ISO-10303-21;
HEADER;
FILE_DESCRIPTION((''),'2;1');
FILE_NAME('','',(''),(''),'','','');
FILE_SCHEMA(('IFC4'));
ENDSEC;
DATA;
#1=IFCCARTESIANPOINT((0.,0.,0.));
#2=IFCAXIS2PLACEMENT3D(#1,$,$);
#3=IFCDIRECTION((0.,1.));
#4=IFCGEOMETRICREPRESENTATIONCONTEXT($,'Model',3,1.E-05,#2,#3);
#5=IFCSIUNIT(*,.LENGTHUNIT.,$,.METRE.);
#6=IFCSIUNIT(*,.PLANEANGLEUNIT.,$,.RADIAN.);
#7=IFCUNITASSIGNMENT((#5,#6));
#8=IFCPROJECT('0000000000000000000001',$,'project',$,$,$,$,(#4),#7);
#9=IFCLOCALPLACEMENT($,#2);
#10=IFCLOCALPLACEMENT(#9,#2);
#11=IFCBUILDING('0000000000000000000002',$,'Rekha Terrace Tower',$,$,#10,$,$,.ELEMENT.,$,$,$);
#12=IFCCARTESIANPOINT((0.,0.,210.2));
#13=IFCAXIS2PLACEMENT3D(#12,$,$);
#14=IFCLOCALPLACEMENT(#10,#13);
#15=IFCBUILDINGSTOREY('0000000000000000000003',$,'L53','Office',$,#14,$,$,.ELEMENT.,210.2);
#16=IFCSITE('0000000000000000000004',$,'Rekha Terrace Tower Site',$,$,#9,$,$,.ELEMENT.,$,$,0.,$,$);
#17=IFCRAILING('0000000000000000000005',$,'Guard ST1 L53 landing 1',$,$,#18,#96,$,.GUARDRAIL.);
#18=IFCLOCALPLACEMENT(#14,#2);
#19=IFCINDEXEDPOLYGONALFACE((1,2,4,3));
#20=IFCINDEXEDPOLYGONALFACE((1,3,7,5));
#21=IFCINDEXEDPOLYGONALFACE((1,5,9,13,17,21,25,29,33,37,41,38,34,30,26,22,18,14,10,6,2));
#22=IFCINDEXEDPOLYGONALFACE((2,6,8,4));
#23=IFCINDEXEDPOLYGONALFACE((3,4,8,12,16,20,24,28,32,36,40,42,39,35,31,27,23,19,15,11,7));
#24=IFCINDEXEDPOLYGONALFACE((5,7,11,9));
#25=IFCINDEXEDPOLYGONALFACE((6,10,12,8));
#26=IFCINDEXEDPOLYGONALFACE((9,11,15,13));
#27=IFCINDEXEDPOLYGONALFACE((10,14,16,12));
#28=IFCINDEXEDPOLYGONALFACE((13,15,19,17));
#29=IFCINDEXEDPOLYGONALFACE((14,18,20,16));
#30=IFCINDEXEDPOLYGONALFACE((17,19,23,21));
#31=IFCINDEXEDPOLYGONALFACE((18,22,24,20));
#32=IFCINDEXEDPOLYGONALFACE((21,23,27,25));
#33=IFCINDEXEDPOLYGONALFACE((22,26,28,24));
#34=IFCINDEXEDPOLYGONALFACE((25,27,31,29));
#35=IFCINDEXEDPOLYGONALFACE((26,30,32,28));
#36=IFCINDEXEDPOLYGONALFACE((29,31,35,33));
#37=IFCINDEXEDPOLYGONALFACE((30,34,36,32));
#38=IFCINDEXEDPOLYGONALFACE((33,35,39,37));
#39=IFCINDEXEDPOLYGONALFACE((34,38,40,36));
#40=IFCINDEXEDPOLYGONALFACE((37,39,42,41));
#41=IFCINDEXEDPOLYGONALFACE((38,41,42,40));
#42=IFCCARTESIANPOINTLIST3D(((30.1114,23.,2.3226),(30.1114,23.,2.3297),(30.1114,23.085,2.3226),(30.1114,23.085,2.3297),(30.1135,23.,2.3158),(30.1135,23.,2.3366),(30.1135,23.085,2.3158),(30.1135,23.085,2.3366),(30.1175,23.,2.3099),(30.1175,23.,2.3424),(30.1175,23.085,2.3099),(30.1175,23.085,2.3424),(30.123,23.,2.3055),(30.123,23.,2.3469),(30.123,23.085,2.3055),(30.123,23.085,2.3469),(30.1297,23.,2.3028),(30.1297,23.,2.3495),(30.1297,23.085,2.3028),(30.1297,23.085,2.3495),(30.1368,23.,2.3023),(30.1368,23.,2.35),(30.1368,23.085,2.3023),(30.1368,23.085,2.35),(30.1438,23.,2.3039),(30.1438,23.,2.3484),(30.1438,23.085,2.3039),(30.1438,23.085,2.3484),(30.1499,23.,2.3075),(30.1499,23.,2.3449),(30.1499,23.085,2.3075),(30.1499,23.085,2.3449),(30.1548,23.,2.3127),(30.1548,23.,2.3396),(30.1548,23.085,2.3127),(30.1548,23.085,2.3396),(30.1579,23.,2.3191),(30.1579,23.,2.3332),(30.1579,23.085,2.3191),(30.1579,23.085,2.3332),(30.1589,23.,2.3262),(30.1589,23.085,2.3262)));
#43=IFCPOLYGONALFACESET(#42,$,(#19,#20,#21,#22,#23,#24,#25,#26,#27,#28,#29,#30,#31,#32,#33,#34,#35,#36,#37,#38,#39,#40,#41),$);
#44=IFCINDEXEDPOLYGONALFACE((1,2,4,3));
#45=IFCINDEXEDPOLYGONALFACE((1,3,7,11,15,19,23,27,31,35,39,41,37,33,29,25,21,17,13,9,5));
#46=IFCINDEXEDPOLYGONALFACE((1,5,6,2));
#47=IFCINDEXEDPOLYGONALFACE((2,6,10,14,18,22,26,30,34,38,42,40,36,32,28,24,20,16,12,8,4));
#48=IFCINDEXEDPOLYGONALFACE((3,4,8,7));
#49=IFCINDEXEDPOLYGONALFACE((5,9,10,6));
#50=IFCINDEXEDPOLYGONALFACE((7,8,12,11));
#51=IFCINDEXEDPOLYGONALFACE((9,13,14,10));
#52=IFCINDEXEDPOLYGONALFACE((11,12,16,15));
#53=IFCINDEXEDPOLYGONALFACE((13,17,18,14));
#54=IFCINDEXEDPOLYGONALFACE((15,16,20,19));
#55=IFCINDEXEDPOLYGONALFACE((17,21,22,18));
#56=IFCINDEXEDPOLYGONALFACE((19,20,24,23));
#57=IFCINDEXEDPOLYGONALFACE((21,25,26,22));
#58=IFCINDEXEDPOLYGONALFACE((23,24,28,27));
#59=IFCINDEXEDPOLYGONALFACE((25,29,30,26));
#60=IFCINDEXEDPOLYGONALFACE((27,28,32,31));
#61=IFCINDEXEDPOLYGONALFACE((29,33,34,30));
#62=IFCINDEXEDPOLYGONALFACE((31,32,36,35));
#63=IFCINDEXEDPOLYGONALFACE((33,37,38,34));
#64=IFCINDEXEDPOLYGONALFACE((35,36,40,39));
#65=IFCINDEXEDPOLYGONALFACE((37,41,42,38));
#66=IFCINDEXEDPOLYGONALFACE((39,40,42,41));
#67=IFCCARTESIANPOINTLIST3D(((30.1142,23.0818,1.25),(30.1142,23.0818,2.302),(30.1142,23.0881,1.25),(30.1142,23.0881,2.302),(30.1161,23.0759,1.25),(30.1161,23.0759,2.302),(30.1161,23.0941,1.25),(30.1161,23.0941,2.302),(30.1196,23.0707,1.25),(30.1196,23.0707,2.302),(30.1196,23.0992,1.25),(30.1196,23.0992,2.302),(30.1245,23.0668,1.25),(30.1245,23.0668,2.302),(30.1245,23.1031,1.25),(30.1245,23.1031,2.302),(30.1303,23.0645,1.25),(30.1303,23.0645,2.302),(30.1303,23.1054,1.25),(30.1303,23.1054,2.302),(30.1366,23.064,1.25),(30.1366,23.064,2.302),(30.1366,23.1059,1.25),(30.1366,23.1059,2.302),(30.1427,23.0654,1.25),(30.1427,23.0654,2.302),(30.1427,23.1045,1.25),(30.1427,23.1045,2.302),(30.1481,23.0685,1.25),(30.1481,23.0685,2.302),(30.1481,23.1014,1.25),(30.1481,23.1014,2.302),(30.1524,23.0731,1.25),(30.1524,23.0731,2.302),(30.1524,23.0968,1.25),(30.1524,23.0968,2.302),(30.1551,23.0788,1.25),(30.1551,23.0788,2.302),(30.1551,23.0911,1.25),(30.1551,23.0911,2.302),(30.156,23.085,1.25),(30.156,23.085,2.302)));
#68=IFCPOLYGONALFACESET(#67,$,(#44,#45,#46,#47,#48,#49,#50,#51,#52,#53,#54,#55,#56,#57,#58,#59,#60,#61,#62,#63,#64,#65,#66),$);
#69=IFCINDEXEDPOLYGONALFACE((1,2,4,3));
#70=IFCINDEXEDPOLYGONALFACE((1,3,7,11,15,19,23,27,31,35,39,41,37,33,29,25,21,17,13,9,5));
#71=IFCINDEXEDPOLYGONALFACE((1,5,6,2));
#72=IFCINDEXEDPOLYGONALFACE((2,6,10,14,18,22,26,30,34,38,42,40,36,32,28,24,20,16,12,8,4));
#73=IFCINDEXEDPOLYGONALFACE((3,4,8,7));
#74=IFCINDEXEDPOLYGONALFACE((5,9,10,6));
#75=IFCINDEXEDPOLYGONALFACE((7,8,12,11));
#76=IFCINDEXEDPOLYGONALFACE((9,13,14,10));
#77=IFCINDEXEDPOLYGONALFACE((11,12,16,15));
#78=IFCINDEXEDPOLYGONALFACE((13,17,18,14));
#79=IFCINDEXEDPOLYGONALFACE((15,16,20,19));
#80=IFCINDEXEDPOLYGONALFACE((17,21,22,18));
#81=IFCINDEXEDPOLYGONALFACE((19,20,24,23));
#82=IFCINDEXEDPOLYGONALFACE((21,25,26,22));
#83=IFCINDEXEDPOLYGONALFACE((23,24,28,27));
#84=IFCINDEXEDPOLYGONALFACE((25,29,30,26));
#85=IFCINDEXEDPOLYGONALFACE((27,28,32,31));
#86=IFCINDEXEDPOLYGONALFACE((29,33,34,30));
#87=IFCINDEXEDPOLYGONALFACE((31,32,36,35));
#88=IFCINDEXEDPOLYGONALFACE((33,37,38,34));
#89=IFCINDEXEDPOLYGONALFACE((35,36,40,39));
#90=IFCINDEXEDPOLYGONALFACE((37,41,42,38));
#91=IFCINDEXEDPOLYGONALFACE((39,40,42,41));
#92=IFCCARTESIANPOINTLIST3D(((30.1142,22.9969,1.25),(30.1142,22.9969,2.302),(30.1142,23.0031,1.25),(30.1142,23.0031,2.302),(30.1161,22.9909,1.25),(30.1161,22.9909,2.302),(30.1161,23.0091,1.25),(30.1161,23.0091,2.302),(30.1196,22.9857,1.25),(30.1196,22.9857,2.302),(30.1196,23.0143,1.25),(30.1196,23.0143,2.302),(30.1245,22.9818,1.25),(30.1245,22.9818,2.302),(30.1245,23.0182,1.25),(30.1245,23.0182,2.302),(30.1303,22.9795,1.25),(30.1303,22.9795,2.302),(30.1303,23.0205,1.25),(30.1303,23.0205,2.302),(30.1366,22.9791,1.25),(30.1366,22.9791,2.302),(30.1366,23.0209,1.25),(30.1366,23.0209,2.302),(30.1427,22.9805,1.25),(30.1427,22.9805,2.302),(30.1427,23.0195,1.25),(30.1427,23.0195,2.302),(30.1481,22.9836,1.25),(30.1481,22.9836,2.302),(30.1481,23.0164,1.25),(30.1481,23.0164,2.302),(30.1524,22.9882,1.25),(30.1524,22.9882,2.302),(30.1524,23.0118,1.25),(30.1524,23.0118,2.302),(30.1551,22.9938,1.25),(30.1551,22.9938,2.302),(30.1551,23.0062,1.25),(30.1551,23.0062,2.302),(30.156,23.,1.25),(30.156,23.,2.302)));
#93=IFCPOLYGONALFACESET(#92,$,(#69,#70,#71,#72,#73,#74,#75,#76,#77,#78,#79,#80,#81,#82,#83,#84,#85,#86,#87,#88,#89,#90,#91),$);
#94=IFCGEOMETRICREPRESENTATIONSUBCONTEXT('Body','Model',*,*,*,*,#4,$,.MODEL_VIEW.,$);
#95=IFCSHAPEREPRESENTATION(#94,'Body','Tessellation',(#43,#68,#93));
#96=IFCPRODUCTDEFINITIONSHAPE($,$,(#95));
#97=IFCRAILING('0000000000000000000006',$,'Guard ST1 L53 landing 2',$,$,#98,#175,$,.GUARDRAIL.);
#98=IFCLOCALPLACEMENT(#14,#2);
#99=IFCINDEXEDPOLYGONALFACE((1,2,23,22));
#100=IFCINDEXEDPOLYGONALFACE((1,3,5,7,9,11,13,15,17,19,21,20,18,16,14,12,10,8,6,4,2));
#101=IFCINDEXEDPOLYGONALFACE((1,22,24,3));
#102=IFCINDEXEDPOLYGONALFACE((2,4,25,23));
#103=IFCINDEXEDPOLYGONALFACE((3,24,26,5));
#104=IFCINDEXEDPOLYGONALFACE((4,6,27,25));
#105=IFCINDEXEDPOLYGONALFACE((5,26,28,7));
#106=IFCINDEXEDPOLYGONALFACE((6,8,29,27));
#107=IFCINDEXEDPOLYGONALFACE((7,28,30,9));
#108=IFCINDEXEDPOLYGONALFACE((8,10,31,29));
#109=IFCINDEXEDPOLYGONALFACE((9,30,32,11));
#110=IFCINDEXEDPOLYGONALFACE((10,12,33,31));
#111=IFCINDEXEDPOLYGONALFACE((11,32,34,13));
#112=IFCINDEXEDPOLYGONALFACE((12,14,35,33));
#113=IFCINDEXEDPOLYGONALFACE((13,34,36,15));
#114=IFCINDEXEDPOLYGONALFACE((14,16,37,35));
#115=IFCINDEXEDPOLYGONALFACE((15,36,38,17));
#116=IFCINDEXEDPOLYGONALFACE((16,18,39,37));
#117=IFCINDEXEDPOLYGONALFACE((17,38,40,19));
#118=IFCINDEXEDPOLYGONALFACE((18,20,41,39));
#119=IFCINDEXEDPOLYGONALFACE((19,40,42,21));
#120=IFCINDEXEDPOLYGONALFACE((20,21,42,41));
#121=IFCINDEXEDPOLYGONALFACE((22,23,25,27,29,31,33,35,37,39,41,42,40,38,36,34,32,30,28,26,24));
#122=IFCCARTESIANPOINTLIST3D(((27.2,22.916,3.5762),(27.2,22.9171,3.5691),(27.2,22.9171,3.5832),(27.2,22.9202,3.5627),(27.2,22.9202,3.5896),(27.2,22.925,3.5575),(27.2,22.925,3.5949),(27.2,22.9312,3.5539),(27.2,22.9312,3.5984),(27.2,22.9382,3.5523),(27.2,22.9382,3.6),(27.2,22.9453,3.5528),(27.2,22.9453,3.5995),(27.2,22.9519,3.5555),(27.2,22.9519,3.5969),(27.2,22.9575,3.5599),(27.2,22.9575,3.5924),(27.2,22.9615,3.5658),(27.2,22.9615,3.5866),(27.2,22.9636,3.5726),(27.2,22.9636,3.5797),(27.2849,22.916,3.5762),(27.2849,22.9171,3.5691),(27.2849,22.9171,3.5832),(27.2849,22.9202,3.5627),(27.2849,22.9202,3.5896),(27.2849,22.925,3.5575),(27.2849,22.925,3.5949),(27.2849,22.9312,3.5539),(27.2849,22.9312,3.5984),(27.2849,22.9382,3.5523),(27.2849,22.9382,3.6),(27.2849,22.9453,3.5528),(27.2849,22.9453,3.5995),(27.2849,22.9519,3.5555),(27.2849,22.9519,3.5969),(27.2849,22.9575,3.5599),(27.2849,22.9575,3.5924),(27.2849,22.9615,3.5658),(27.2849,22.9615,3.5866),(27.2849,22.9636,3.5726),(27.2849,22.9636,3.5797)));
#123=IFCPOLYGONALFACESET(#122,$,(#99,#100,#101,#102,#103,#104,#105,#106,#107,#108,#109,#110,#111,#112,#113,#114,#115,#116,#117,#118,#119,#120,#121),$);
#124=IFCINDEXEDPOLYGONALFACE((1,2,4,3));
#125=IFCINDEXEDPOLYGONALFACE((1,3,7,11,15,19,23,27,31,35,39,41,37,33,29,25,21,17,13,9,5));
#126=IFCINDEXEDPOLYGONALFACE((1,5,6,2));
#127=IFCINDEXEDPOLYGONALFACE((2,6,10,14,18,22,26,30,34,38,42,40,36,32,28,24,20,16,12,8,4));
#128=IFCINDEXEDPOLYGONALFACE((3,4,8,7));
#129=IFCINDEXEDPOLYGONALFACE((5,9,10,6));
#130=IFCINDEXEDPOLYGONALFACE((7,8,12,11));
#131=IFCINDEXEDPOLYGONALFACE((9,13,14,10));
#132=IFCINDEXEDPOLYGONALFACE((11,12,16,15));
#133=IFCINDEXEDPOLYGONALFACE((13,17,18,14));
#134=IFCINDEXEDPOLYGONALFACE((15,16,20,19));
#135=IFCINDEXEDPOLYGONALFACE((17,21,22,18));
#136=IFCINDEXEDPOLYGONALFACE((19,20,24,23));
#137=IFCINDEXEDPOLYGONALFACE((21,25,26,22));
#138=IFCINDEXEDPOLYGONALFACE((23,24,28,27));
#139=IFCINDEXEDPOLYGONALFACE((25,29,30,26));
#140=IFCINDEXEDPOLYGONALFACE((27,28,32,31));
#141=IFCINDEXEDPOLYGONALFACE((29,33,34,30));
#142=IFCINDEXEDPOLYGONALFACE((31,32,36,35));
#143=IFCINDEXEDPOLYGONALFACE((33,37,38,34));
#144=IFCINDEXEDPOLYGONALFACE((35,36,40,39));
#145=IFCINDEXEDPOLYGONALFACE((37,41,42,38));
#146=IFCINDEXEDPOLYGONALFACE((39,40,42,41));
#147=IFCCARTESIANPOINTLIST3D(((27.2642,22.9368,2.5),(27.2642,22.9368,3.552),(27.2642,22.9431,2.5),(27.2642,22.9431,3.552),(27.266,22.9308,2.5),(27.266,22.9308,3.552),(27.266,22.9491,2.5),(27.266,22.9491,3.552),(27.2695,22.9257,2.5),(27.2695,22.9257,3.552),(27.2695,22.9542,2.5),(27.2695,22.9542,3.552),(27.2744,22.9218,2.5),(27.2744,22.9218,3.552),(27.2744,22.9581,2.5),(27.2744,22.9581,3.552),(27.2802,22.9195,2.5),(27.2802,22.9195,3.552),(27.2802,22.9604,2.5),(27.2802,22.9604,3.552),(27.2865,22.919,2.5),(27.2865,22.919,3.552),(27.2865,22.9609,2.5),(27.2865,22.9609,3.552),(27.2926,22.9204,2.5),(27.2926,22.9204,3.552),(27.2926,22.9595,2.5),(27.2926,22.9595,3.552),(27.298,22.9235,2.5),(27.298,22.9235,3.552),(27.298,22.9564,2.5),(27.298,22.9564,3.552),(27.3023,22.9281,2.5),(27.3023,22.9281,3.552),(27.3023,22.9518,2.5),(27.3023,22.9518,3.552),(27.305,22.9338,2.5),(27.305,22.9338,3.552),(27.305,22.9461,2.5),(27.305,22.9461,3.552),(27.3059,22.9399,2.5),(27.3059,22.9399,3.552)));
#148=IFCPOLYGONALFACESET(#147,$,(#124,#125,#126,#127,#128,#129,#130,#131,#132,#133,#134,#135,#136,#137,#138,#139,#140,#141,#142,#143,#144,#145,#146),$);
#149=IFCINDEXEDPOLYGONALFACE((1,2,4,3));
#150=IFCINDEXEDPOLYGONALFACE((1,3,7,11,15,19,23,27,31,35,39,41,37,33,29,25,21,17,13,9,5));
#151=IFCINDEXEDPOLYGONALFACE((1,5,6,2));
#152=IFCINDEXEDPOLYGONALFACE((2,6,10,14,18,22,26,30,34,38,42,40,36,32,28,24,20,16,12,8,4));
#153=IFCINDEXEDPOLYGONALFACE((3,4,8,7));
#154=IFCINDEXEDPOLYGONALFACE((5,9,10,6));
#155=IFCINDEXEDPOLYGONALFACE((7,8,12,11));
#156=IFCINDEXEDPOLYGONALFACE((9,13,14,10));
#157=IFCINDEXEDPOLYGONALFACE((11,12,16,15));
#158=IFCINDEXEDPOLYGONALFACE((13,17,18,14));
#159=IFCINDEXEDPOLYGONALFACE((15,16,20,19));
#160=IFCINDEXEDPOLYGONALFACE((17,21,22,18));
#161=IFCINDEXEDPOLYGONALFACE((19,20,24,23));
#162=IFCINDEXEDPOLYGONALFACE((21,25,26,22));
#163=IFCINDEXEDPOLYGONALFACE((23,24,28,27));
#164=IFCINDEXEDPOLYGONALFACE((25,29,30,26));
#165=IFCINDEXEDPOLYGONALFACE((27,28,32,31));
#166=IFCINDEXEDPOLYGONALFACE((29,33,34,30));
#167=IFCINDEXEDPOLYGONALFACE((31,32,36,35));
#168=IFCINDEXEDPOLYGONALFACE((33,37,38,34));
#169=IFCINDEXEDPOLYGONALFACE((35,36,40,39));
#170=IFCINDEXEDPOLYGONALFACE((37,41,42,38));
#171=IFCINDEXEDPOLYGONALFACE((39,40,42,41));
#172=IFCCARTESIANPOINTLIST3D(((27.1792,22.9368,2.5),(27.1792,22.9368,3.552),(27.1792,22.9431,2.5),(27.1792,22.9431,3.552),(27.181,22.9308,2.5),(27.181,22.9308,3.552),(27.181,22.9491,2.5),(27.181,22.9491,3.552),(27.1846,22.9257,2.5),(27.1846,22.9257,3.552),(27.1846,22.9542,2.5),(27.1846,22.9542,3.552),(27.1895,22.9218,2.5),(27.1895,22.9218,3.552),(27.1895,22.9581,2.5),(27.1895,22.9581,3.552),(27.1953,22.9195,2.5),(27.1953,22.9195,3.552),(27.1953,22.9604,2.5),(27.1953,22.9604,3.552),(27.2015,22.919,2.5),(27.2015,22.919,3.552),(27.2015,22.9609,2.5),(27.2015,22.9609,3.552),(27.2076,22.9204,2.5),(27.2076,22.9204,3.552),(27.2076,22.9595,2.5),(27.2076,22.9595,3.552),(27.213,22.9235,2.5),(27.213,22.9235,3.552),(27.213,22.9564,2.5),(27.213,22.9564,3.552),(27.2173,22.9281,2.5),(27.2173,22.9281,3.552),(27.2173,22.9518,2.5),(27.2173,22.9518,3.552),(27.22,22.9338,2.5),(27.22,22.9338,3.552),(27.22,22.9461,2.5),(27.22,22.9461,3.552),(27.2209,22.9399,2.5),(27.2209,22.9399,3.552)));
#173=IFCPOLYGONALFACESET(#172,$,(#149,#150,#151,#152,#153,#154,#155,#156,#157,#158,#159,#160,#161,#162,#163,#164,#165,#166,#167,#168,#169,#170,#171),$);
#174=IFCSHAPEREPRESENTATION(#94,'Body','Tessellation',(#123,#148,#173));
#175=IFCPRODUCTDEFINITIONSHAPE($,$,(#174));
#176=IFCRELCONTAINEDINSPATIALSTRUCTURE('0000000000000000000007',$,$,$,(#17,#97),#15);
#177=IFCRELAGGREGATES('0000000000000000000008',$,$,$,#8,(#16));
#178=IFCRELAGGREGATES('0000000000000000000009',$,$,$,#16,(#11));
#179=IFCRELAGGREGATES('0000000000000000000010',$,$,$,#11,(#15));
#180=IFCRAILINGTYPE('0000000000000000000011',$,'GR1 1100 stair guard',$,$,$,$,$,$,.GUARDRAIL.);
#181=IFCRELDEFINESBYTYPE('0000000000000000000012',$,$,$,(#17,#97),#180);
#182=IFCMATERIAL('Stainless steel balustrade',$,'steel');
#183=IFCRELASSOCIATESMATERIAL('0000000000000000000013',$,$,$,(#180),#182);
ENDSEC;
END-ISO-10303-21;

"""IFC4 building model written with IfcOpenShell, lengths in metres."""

from ifc_helpers import new_model, si_unit, direction, frame, origin, origin_2d, place, context, subcontext, project, spatial, circle, extrude, material, type_object, element, save


model = new_model("IFC4")

# Units and contexts
model_context = context("Model", 3, precision=1e-05, world=origin(), true_north=direction((0.0, 1.0)))
body_context = subcontext(model_context, "Body", "Model", "MODEL_VIEW")
ifc_project = project(units=[si_unit("LENGTHUNIT", "METRE"), si_unit("PLANEANGLEUNIT", "RADIAN")], contexts=[model_context])

# Site, building, storey
site_placement = place(None, origin())
site = spatial("IfcSite", under=ifc_project, at=site_placement, Name="Rekha Terrace Tower Site", CompositionType="ELEMENT", RefElevation=0.0)
building_placement = place(site_placement, origin())
building = spatial("IfcBuilding", under=site, at=building_placement, Name="Rekha Terrace Tower", CompositionType="ELEMENT")
storey_placement = place(building_placement, frame((0.0, 0.0, 210.2)))
storey = spatial("IfcBuildingStorey", under=building, at=storey_placement, Name="L53", Description="Office", CompositionType="ELEMENT", Elevation=210.2)

# Railings
ifc_material_1 = material(Name="Stainless steel balustrade", Category="steel")
railing_type_1 = type_object("IfcRailingType", Name="GR1 1100 stair guard", PredefinedType="GUARDRAIL", material=ifc_material_1)
railing_1_placement = place(storey_placement, frame((30.135, 23.085, 1.25)))
element("IfcRailing", 1, at=railing_1_placement, inside=storey, type_object=railing_type_1, Name="Guard ST1 L53 landing 1", PredefinedType="GUARDRAIL", context=body_context, shape_type="SweptSolid", body=[
    extrude(circle(Radius=0.0239, at=origin_2d()), frame((0.0, 0.0, 1.0762), z_axis=(0.0, -1.0, 0.0), x_axis=(1.0, 0.0, 0.0)), (0.0, 0.0, 1.0), 0.085),
    extrude(circle(Radius=0.021, at=origin_2d()), origin(), (0.0, 0.0, 1.0), 1.052),
    extrude(circle(Radius=0.021, at=origin_2d()), frame((0.0, -0.085, 0.0)), (0.0, 0.0, 1.0), 1.052),
])
railing_2_placement = place(storey_placement, frame((27.2849, 22.9399, 2.5)))
element("IfcRailing", 2, at=railing_2_placement, inside=storey, type_object=railing_type_1, Name="Guard ST1 L53 landing 2", PredefinedType="GUARDRAIL", context=body_context, shape_type="SweptSolid", body=[
    extrude(circle(Radius=0.0239, at=origin_2d()), frame((0.0, 0.0, 1.0762), z_axis=(-1.0, 0.0, 0.0), x_axis=(0.0, -1.0, 0.0)), (0.0, 0.0, 1.0), 0.085),
    extrude(circle(Radius=0.021, at=origin_2d()), origin(), (0.0, 0.0, 1.0), 1.052),
    extrude(circle(Radius=0.021, at=origin_2d()), frame((-0.085, 0.0, 0.0)), (0.0, 0.0, 1.0), 1.052),
])

save(model, "model.ifc")
